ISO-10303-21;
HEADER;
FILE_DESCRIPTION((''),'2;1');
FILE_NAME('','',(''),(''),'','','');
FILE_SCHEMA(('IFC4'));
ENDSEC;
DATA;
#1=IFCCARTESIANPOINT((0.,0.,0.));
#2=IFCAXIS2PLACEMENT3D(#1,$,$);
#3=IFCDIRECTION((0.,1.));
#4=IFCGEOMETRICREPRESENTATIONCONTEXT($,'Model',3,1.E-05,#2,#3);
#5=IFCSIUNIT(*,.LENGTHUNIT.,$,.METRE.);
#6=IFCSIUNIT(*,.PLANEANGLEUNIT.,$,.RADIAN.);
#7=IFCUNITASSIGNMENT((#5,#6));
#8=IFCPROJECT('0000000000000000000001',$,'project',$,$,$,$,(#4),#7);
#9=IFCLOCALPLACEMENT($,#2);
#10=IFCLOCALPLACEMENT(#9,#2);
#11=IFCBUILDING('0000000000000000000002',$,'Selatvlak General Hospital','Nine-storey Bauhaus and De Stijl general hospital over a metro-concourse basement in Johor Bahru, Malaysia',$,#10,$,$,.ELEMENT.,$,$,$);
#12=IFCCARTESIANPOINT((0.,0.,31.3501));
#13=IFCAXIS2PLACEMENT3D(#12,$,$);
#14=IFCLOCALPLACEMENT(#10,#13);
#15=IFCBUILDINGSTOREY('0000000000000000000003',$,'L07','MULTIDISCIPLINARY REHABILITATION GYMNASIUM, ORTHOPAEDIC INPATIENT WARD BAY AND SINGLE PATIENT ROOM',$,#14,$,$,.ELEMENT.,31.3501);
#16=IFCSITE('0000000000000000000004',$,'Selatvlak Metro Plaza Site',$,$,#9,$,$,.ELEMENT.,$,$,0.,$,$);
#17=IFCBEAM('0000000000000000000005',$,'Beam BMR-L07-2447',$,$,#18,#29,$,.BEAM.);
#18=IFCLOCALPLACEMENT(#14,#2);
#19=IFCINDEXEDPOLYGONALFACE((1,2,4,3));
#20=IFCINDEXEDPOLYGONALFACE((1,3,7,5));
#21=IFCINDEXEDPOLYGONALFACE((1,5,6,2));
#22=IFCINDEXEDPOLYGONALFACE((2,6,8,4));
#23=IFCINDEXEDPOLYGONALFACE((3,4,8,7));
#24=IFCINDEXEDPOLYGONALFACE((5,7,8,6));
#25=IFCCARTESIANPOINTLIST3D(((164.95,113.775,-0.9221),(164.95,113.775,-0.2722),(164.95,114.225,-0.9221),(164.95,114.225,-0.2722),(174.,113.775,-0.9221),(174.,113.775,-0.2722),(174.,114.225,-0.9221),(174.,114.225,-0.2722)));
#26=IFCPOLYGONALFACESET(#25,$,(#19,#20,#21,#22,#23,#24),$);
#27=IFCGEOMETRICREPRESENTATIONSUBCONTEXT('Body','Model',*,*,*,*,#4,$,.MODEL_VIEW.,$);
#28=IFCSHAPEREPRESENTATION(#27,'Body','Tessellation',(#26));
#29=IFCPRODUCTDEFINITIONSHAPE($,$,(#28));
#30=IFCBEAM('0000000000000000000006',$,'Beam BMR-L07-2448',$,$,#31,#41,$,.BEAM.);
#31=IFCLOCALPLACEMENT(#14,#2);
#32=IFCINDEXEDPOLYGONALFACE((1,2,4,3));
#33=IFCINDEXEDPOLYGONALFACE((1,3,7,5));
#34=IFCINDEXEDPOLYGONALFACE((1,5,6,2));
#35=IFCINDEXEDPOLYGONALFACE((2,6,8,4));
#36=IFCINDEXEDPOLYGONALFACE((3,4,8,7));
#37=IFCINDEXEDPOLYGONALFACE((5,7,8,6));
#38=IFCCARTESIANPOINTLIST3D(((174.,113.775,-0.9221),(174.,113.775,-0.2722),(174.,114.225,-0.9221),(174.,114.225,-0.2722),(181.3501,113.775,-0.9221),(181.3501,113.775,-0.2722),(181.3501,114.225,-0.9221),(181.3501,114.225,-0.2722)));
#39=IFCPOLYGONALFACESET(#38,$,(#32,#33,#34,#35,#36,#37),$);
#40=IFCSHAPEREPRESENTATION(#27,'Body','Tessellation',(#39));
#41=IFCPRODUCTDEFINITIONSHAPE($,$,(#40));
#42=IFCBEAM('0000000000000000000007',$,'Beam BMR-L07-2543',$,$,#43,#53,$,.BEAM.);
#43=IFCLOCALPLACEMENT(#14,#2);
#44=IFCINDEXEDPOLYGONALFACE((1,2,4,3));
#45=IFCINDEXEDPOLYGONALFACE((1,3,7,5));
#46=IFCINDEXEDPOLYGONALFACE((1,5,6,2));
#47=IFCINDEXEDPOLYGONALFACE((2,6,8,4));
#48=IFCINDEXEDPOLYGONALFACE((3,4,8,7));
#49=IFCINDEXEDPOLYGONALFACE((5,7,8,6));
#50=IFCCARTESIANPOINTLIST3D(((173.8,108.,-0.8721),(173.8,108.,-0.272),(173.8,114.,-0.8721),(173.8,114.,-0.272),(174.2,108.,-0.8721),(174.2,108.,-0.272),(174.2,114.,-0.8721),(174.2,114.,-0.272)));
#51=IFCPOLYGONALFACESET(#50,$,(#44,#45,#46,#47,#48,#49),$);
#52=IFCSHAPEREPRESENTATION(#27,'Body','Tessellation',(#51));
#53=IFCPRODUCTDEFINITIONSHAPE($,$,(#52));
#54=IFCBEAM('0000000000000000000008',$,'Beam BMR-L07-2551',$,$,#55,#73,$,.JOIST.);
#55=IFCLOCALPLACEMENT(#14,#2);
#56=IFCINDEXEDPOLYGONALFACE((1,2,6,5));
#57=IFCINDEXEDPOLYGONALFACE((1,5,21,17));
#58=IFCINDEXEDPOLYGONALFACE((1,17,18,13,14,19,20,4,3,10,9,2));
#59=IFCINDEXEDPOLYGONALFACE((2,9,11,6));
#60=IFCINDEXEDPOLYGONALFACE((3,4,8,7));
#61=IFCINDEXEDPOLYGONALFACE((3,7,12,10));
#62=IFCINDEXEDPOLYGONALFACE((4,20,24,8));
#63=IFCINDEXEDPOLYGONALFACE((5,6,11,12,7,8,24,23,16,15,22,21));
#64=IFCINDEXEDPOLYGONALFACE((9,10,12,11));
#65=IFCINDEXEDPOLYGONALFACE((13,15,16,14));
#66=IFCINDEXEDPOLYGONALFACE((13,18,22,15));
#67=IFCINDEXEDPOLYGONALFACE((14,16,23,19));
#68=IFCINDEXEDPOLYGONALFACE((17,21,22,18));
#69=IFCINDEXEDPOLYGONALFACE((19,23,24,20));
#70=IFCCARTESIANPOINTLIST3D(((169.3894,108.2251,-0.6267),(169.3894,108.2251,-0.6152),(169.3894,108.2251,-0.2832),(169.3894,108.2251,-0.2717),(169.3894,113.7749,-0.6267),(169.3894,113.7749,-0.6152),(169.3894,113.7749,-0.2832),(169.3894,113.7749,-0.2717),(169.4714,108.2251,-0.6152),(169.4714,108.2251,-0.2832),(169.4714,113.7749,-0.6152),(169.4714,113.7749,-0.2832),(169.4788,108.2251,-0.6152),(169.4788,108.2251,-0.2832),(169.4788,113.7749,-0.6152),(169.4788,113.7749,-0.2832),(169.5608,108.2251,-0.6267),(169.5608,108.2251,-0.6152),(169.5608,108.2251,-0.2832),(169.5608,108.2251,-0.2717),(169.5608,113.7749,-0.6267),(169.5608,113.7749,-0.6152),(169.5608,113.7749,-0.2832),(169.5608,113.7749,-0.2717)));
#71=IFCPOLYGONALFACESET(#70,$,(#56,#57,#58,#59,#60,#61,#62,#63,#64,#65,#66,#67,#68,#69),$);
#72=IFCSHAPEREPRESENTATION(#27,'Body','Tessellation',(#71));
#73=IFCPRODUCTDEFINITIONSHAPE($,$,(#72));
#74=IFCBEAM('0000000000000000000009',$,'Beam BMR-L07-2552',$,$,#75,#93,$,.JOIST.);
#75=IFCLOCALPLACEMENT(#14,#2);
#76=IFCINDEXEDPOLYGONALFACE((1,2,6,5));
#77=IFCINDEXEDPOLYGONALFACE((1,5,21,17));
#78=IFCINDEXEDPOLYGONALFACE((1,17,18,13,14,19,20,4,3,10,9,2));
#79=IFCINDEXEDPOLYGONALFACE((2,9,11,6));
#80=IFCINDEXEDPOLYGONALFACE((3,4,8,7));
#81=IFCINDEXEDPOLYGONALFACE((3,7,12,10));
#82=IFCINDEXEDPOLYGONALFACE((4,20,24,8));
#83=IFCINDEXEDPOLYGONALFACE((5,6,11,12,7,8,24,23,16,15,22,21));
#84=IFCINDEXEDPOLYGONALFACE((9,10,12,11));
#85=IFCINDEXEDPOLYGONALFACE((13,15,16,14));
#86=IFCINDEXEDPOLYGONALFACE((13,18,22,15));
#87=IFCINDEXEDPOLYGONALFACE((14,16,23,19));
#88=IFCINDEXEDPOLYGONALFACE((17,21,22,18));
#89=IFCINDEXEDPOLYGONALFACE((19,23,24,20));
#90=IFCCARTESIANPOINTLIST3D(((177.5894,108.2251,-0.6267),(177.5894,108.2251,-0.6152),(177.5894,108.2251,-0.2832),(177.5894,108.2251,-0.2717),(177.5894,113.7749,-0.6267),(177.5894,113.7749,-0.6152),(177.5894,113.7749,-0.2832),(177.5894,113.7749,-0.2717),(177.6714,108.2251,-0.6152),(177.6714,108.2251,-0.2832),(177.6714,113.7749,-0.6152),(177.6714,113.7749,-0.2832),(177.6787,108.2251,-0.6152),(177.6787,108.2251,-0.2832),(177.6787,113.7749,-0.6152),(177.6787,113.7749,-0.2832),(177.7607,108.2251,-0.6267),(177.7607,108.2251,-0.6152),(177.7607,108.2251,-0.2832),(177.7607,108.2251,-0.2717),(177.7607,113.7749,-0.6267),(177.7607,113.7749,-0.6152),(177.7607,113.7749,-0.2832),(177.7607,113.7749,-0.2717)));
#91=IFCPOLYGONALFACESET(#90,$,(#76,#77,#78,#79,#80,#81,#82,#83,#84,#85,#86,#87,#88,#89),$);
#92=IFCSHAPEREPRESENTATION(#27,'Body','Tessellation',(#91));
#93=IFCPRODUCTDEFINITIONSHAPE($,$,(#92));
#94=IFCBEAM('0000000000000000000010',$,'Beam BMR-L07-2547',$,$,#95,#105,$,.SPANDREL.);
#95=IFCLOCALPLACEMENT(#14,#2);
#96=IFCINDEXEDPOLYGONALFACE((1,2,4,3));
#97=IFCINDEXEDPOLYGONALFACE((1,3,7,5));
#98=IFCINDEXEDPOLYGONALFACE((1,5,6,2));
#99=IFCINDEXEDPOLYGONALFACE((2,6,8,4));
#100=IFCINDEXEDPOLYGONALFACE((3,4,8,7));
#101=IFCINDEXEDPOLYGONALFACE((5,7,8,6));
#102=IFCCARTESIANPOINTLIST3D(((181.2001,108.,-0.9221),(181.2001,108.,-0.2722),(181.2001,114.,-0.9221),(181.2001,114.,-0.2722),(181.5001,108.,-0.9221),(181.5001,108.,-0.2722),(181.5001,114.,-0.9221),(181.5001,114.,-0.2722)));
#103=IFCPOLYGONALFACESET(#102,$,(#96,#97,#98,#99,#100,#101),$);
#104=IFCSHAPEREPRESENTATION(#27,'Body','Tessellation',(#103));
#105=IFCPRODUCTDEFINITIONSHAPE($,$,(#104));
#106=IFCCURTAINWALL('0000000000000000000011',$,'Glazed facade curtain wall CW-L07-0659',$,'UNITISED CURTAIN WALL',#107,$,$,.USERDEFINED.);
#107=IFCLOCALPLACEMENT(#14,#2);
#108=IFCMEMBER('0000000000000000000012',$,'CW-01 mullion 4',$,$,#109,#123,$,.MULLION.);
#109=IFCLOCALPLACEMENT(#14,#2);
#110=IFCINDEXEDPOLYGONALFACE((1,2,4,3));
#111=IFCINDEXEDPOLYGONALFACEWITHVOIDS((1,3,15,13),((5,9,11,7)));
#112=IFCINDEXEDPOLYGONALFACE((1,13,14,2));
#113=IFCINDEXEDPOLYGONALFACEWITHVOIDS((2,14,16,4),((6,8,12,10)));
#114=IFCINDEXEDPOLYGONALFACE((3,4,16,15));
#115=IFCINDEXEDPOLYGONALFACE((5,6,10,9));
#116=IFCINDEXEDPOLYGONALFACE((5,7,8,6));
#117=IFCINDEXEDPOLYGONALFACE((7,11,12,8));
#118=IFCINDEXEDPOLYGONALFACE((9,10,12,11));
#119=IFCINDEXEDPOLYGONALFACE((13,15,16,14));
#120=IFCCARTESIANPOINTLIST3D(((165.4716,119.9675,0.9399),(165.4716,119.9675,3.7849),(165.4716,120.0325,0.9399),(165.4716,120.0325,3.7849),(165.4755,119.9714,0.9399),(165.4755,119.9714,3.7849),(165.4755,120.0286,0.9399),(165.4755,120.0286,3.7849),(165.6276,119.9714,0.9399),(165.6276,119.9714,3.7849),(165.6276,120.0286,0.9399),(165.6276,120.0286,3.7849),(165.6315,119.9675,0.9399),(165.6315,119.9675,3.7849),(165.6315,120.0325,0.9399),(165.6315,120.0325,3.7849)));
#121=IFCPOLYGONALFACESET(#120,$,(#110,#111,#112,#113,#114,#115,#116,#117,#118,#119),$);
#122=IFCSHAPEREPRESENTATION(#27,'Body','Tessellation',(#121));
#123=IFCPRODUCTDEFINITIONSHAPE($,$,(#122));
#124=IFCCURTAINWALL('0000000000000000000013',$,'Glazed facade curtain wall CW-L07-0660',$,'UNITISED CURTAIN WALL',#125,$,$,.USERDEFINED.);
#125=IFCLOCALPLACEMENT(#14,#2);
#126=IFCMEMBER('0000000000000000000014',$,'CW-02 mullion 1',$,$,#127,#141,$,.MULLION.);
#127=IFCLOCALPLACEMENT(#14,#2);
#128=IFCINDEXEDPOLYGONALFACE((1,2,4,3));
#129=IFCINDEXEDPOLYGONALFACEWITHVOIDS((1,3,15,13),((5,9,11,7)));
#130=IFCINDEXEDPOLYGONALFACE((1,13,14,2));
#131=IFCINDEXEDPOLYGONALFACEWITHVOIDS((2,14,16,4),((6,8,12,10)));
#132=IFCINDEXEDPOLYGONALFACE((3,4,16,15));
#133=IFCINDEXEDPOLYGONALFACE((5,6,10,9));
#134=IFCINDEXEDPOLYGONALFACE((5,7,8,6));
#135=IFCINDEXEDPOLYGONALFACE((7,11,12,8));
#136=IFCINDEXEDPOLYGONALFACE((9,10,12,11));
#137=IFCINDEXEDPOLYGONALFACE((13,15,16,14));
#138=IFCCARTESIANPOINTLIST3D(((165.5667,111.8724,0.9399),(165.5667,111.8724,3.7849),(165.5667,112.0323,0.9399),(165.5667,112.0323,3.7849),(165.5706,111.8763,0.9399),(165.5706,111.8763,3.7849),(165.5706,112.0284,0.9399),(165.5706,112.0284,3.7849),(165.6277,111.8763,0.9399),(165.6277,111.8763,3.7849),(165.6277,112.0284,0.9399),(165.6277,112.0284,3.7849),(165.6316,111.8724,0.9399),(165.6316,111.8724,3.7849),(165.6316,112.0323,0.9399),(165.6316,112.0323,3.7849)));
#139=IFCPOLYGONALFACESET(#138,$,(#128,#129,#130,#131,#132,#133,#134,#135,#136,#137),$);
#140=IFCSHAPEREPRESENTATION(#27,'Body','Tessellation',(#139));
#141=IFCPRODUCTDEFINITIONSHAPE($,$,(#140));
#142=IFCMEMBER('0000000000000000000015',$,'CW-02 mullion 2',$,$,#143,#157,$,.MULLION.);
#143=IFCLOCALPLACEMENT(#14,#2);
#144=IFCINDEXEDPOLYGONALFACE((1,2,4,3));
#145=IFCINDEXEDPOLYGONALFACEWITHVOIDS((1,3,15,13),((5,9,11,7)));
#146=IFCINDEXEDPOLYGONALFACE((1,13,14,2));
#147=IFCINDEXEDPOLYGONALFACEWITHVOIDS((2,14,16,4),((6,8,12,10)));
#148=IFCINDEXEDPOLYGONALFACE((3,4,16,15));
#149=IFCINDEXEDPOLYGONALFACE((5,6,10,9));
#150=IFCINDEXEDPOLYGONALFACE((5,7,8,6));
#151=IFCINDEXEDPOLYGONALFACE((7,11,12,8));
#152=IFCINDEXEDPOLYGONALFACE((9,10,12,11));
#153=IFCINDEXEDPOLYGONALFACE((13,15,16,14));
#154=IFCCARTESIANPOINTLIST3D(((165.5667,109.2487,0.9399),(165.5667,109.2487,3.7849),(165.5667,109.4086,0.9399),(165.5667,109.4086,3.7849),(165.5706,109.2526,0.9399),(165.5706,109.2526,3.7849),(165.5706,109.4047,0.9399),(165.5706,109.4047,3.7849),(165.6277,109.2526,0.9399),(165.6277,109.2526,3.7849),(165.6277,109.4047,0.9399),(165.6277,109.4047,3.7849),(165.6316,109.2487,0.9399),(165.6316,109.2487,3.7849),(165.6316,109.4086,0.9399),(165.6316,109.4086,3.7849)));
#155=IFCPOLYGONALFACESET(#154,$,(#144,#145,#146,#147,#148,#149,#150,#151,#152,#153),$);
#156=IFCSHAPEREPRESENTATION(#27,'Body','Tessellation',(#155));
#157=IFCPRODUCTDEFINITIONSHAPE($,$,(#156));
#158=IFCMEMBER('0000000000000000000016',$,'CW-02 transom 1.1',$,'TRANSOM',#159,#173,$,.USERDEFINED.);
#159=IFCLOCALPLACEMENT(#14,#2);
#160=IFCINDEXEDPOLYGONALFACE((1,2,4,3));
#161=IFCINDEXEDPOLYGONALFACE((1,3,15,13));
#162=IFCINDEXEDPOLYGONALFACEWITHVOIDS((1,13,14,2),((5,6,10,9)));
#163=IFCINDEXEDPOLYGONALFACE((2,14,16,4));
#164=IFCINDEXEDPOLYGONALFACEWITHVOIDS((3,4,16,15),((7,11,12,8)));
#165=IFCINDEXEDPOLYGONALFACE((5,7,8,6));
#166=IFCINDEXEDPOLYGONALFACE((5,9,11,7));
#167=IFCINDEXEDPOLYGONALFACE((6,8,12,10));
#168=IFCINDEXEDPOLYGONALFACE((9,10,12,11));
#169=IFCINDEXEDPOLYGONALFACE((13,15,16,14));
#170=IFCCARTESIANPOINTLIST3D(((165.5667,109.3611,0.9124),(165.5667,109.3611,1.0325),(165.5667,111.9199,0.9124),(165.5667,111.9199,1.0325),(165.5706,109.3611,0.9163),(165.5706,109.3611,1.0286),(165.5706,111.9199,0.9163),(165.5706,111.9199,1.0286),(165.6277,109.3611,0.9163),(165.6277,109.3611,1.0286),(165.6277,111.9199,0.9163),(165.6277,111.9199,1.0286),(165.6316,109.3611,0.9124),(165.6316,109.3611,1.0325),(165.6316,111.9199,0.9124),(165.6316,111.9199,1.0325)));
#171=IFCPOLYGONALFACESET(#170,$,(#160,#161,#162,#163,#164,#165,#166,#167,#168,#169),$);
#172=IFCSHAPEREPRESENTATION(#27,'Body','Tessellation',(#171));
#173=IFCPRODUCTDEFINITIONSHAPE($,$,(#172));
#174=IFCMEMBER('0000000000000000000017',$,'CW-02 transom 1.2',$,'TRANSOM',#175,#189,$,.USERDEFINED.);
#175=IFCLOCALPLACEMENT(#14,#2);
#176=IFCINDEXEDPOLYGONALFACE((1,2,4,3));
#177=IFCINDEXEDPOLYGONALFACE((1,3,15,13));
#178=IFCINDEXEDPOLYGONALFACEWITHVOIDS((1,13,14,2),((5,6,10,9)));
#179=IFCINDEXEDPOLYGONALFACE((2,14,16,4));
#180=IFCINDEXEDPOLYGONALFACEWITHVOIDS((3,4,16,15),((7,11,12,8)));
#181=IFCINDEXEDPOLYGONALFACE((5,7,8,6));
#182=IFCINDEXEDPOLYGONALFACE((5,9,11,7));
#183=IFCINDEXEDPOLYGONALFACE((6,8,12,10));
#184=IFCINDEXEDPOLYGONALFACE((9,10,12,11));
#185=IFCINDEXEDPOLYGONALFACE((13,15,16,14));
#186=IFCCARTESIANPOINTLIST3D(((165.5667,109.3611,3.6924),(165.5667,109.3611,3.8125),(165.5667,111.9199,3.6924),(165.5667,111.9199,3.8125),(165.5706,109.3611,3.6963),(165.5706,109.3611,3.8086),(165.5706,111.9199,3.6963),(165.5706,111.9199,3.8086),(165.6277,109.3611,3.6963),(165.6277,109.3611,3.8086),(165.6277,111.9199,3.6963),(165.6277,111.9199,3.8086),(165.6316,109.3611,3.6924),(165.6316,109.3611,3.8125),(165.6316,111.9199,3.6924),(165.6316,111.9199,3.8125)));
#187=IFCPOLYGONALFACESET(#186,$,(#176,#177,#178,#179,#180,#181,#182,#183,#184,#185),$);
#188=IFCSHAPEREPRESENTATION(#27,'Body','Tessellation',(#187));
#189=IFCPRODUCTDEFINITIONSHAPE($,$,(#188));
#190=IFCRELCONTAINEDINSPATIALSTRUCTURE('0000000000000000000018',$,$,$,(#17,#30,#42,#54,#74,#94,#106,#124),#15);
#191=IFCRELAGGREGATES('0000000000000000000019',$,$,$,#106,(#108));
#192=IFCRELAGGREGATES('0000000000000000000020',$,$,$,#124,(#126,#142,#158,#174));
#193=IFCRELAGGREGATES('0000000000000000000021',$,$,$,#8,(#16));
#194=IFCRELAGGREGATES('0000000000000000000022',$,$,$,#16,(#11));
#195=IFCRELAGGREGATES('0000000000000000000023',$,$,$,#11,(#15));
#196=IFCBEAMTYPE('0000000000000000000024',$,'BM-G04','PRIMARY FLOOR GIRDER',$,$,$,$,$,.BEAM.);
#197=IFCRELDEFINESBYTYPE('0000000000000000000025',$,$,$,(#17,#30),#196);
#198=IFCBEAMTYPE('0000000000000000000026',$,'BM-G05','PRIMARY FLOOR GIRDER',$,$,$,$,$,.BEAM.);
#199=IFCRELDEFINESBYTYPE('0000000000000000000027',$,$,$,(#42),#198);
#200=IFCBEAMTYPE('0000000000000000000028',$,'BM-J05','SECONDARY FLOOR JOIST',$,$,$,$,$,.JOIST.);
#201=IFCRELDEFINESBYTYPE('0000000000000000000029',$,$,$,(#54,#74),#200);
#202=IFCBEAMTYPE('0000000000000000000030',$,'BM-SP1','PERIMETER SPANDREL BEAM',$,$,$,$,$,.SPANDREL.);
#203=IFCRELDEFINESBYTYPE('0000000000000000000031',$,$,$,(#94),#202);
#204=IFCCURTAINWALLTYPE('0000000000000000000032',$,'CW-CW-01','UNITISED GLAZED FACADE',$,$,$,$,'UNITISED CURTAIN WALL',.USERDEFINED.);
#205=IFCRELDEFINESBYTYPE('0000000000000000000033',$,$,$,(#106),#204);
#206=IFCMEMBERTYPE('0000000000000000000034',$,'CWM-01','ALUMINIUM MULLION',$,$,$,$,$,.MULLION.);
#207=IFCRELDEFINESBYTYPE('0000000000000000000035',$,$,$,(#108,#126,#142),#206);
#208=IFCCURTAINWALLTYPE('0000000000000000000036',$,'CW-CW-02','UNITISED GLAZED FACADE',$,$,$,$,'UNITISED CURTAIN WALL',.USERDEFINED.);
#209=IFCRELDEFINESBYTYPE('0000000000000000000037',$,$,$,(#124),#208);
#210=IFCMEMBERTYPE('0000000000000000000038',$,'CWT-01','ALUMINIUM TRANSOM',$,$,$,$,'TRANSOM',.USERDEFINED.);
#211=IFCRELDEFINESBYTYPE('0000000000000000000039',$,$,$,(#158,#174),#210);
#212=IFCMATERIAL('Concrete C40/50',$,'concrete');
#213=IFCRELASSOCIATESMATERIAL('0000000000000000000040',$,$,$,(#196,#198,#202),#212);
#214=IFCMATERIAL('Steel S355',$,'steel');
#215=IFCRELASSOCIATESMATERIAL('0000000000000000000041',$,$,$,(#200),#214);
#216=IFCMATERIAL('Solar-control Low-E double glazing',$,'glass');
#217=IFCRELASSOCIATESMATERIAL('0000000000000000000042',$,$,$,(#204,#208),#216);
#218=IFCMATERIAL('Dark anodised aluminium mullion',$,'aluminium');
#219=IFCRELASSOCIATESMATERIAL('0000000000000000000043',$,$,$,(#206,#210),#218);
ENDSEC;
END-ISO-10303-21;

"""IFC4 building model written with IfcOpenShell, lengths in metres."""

from ifc_helpers import new_model, si_unit, direction, frame, origin, origin_2d, place, context, subcontext, project, spatial, rectangle, hollow_rectangle, i_section, extrude, material, material_profile, profile_set, type_object, element, aggregate, save


model = new_model("IFC4")

# Units and contexts
model_context = context("Model", 3, precision=1e-05, world=origin(), true_north=direction((0.0, 1.0)))
body_context = subcontext(model_context, "Body", "Model", "MODEL_VIEW")
ifc_project = project(units=[si_unit("LENGTHUNIT", "METRE"), si_unit("PLANEANGLEUNIT", "RADIAN")], contexts=[model_context])

# Site, building, storey
site_placement = place(None, origin())
site = spatial("IfcSite", under=ifc_project, at=site_placement, Name="Selatvlak Metro Plaza Site", CompositionType="ELEMENT", RefElevation=0.0)
building_placement = place(site_placement, origin())
building = spatial("IfcBuilding", under=site, at=building_placement, Name="Selatvlak General Hospital", Description="Nine-storey Bauhaus and De Stijl general hospital over a metro-concourse basement in Johor Bahru, Malaysia", CompositionType="ELEMENT")
storey_placement = place(building_placement, frame((0.0, 0.0, 31.3501)))
storey = spatial("IfcBuildingStorey", under=building, at=storey_placement, Name="L07", Description="MULTIDISCIPLINARY REHABILITATION GYMNASIUM, ORTHOPAEDIC INPATIENT WARD BAY AND SINGLE PATIENT ROOM", CompositionType="ELEMENT", Elevation=31.3501)

# Beams
ifc_material_1 = material(Name="Concrete C40/50", Category="concrete")
ifc_material_profile_1 = material_profile(ifc_material_1, rectangle(XDim=0.45, YDim=0.6499, at=origin_2d()), Name="RC-BM 450x650")
ifc_profile_set_1 = profile_set([ifc_material_profile_1], Name="Concrete C40/50")
beam_type_1 = type_object("IfcBeamType", Name="BM-G04", Description="PRIMARY FLOOR GIRDER", PredefinedType="BEAM", material=ifc_profile_set_1)
beam_1_placement = place(storey_placement, frame((164.95, 114.0, -0.5972), z_axis=(1.0, 0.0, 0.0), x_axis=(0.0, 1.0, 0.0)))
element("IfcBeam", 1, at=beam_1_placement, inside=storey, type_object=beam_type_1, Name="Beam BMR-L07-2447", PredefinedType="BEAM", context=body_context, shape_type="SweptSolid", body=[
    extrude(rectangle(XDim=0.45, YDim=0.6499, at=origin_2d()), origin(), (0.0, 0.0, 1.0), 9.05),
])
beam_2_placement = place(storey_placement, frame((174.0, 114.0, -0.5972), z_axis=(1.0, 0.0, 0.0), x_axis=(0.0, 1.0, 0.0)))
element("IfcBeam", 2, at=beam_2_placement, inside=storey, type_object=beam_type_1, Name="Beam BMR-L07-2448", PredefinedType="BEAM", context=body_context, shape_type="SweptSolid", body=[
    extrude(rectangle(XDim=0.45, YDim=0.6499, at=origin_2d()), origin(), (0.0, 0.0, 1.0), 7.3501),
])
ifc_material_profile_2 = material_profile(ifc_material_1, rectangle(XDim=0.3999, YDim=0.6001, at=origin_2d()), Name="RC-BM 400x600")
ifc_profile_set_2 = profile_set([ifc_material_profile_2], Name="Concrete C40/50")
beam_type_2 = type_object("IfcBeamType", Name="BM-G05", Description="PRIMARY FLOOR GIRDER", PredefinedType="BEAM", material=ifc_profile_set_2)
beam_3_placement = place(storey_placement, frame((174.0, 108.0, -0.572), z_axis=(0.0, 1.0, 0.0), x_axis=(-1.0, 0.0, 0.0)))
element("IfcBeam", 3, at=beam_3_placement, inside=storey, type_object=beam_type_2, Name="Beam BMR-L07-2543", PredefinedType="BEAM", context=body_context, shape_type="SweptSolid", body=[
    extrude(rectangle(XDim=0.3999, YDim=0.6001, at=origin_2d()), origin(), (0.0, 0.0, 1.0), 6.0),
])
ifc_material_2 = material(Name="Steel S355", Category="steel")
ifc_material_profile_3 = material_profile(ifc_material_2, i_section(OverallWidth=0.1714, OverallDepth=0.355, WebThickness=0.0073, FlangeThickness=0.0115, at=origin_2d()), Name="UB 356x171x51")
ifc_profile_set_3 = profile_set([ifc_material_profile_3], Name="Steel S355")
beam_type_3 = type_object("IfcBeamType", Name="BM-J05", Description="SECONDARY FLOOR JOIST", PredefinedType="JOIST", material=ifc_profile_set_3)
for number, where, z_axis, x_axis, name in (
    (4, (169.4751, 108.2251, -0.4492), (0.0, 1.0, 0.0), (-1.0, 0.0, 0.0), "Beam BMR-L07-2551"),
    (5, (177.675, 108.2251, -0.4492), (0.0, 1.0, 0.0), (-1.0, 0.0, 0.0), "Beam BMR-L07-2552"),
):
    element("IfcBeam", number, at=place(storey_placement, frame(where, z_axis=z_axis, x_axis=x_axis)), inside=storey, type_object=beam_type_3, Name=name, PredefinedType="JOIST", context=body_context, shape_type="SweptSolid", body=[
        extrude(i_section(OverallWidth=0.1714, OverallDepth=0.355, WebThickness=0.0073, FlangeThickness=0.0115, at=origin_2d()), origin(), (0.0, 0.0, 1.0), 5.5498),
    ])
ifc_material_profile_4 = material_profile(ifc_material_1, rectangle(XDim=0.3, YDim=0.6499, at=origin_2d()), Name="RC-SP 300x650")
ifc_profile_set_4 = profile_set([ifc_material_profile_4], Name="Concrete C40/50")
beam_type_4 = type_object("IfcBeamType", Name="BM-SP1", Description="PERIMETER SPANDREL BEAM", PredefinedType="SPANDREL", material=ifc_profile_set_4)
beam_4_placement = place(storey_placement, frame((181.3501, 108.0, -0.5972), z_axis=(0.0, 1.0, 0.0), x_axis=(-1.0, 0.0, 0.0)))
element("IfcBeam", 6, at=beam_4_placement, inside=storey, type_object=beam_type_4, Name="Beam BMR-L07-2547", PredefinedType="SPANDREL", context=body_context, shape_type="SweptSolid", body=[
    extrude(rectangle(XDim=0.3, YDim=0.6499, at=origin_2d()), origin(), (0.0, 0.0, 1.0), 6.0),
])

# Curtain wall, member
ifc_material_3 = material(Name="Solar-control Low-E double glazing", Category="glass")
curtain_wall_type_1 = type_object("IfcCurtainWallType", Name="CW-CW-01", Description="UNITISED GLAZED FACADE", ElementType="UNITISED CURTAIN WALL", PredefinedType="USERDEFINED", material=ifc_material_3)
curtain_wall_1_placement = place(storey_placement, origin())
curtain_wall_1 = element("IfcCurtainWall", 7, at=curtain_wall_1_placement, inside=storey, type_object=curtain_wall_type_1, Name="Glazed facade curtain wall CW-L07-0659", ObjectType="UNITISED CURTAIN WALL", PredefinedType="USERDEFINED")
ifc_material_4 = material(Name="Dark anodised aluminium mullion", Category="aluminium")
ifc_material_profile_5 = material_profile(ifc_material_4, hollow_rectangle(XDim=0.0649, YDim=0.1599, WallThickness=0.0039, at=origin_2d()), Name="AL-MUL 65x160x4")
ifc_profile_set_5 = profile_set([ifc_material_profile_5], Name="Dark anodised aluminium mullion")
member_type_1 = type_object("IfcMemberType", Name="CWM-01", Description="ALUMINIUM MULLION", PredefinedType="MULLION", material=ifc_profile_set_5)
member_1_placement = place(storey_placement, frame((165.5515, 120.0, 0.9399), z_axis=(0.0, 0.0, 1.0), x_axis=(0.0, 1.0, 0.0)))
member_1 = element("IfcMember", 8, at=member_1_placement, type_object=member_type_1, Name="CW-01 mullion 4", PredefinedType="MULLION", context=body_context, shape_type="SweptSolid", body=[
    extrude(hollow_rectangle(XDim=0.0649, YDim=0.1599, WallThickness=0.0039, at=origin_2d()), origin(), (0.0, 0.0, 1.0), 2.845),
])
aggregate(curtain_wall_1, [member_1])

# Curtain wall, members
curtain_wall_type_2 = type_object("IfcCurtainWallType", Name="CW-CW-02", Description="UNITISED GLAZED FACADE", ElementType="UNITISED CURTAIN WALL", PredefinedType="USERDEFINED", material=ifc_material_3)
curtain_wall_2_placement = place(storey_placement, origin())
curtain_wall_2 = element("IfcCurtainWall", 9, at=curtain_wall_2_placement, inside=storey, type_object=curtain_wall_type_2, Name="Glazed facade curtain wall CW-L07-0660", ObjectType="UNITISED CURTAIN WALL", PredefinedType="USERDEFINED")
member_2_placement = place(storey_placement, frame((165.5991, 111.9524, 0.9399), z_axis=(0.0, 0.0, 1.0), x_axis=(1.0, 0.0, 0.0)))
member_2 = element("IfcMember", 10, at=member_2_placement, type_object=member_type_1, Name="CW-02 mullion 1", PredefinedType="MULLION", context=body_context, shape_type="SweptSolid", body=[
    extrude(hollow_rectangle(XDim=0.0649, YDim=0.1599, WallThickness=0.0039, at=origin_2d()), origin(), (0.0, 0.0, 1.0), 2.845),
])
member_3_placement = place(storey_placement, frame((165.5991, 109.3286, 0.9399), z_axis=(0.0, 0.0, 1.0), x_axis=(1.0, 0.0, 0.0)))
member_3 = element("IfcMember", 11, at=member_3_placement, type_object=member_type_1, Name="CW-02 mullion 2", PredefinedType="MULLION", context=body_context, shape_type="SweptSolid", body=[
    extrude(hollow_rectangle(XDim=0.0649, YDim=0.1599, WallThickness=0.0039, at=origin_2d()), origin(), (0.0, 0.0, 1.0), 2.845),
])
ifc_material_profile_6 = material_profile(ifc_material_4, hollow_rectangle(XDim=0.0649, YDim=0.1201, WallThickness=0.0039, at=origin_2d()), Name="AL-TRN 65x120x4")
ifc_profile_set_6 = profile_set([ifc_material_profile_6], Name="Dark anodised aluminium mullion")
member_type_2 = type_object("IfcMemberType", Name="CWT-01", Description="ALUMINIUM TRANSOM", ElementType="TRANSOM", PredefinedType="USERDEFINED", material=ifc_profile_set_6)
member_4_placement = place(storey_placement, frame((165.5991, 111.9199, 0.9724), z_axis=(0.0, -1.0, 0.0), x_axis=(1.0, 0.0, 0.0)))
member_4 = element("IfcMember", 12, at=member_4_placement, type_object=member_type_2, Name="CW-02 transom 1.1", ObjectType="TRANSOM", PredefinedType="USERDEFINED", context=body_context, shape_type="SweptSolid", body=[
    extrude(hollow_rectangle(XDim=0.0649, YDim=0.1201, WallThickness=0.0039, at=origin_2d()), origin(), (0.0, 0.0, 1.0), 2.5588),
])
member_5_placement = place(storey_placement, frame((165.5991, 111.9199, 3.7524), z_axis=(0.0, -1.0, 0.0), x_axis=(1.0, 0.0, 0.0)))
member_5 = element("IfcMember", 13, at=member_5_placement, type_object=member_type_2, Name="CW-02 transom 1.2", ObjectType="TRANSOM", PredefinedType="USERDEFINED", context=body_context, shape_type="SweptSolid", body=[
    extrude(hollow_rectangle(XDim=0.0649, YDim=0.1201, WallThickness=0.0039, at=origin_2d()), origin(), (0.0, 0.0, 1.0), 2.5588),
])
aggregate(curtain_wall_2, [member_2, member_3, member_4, member_5])

save(model, "model.ifc")
